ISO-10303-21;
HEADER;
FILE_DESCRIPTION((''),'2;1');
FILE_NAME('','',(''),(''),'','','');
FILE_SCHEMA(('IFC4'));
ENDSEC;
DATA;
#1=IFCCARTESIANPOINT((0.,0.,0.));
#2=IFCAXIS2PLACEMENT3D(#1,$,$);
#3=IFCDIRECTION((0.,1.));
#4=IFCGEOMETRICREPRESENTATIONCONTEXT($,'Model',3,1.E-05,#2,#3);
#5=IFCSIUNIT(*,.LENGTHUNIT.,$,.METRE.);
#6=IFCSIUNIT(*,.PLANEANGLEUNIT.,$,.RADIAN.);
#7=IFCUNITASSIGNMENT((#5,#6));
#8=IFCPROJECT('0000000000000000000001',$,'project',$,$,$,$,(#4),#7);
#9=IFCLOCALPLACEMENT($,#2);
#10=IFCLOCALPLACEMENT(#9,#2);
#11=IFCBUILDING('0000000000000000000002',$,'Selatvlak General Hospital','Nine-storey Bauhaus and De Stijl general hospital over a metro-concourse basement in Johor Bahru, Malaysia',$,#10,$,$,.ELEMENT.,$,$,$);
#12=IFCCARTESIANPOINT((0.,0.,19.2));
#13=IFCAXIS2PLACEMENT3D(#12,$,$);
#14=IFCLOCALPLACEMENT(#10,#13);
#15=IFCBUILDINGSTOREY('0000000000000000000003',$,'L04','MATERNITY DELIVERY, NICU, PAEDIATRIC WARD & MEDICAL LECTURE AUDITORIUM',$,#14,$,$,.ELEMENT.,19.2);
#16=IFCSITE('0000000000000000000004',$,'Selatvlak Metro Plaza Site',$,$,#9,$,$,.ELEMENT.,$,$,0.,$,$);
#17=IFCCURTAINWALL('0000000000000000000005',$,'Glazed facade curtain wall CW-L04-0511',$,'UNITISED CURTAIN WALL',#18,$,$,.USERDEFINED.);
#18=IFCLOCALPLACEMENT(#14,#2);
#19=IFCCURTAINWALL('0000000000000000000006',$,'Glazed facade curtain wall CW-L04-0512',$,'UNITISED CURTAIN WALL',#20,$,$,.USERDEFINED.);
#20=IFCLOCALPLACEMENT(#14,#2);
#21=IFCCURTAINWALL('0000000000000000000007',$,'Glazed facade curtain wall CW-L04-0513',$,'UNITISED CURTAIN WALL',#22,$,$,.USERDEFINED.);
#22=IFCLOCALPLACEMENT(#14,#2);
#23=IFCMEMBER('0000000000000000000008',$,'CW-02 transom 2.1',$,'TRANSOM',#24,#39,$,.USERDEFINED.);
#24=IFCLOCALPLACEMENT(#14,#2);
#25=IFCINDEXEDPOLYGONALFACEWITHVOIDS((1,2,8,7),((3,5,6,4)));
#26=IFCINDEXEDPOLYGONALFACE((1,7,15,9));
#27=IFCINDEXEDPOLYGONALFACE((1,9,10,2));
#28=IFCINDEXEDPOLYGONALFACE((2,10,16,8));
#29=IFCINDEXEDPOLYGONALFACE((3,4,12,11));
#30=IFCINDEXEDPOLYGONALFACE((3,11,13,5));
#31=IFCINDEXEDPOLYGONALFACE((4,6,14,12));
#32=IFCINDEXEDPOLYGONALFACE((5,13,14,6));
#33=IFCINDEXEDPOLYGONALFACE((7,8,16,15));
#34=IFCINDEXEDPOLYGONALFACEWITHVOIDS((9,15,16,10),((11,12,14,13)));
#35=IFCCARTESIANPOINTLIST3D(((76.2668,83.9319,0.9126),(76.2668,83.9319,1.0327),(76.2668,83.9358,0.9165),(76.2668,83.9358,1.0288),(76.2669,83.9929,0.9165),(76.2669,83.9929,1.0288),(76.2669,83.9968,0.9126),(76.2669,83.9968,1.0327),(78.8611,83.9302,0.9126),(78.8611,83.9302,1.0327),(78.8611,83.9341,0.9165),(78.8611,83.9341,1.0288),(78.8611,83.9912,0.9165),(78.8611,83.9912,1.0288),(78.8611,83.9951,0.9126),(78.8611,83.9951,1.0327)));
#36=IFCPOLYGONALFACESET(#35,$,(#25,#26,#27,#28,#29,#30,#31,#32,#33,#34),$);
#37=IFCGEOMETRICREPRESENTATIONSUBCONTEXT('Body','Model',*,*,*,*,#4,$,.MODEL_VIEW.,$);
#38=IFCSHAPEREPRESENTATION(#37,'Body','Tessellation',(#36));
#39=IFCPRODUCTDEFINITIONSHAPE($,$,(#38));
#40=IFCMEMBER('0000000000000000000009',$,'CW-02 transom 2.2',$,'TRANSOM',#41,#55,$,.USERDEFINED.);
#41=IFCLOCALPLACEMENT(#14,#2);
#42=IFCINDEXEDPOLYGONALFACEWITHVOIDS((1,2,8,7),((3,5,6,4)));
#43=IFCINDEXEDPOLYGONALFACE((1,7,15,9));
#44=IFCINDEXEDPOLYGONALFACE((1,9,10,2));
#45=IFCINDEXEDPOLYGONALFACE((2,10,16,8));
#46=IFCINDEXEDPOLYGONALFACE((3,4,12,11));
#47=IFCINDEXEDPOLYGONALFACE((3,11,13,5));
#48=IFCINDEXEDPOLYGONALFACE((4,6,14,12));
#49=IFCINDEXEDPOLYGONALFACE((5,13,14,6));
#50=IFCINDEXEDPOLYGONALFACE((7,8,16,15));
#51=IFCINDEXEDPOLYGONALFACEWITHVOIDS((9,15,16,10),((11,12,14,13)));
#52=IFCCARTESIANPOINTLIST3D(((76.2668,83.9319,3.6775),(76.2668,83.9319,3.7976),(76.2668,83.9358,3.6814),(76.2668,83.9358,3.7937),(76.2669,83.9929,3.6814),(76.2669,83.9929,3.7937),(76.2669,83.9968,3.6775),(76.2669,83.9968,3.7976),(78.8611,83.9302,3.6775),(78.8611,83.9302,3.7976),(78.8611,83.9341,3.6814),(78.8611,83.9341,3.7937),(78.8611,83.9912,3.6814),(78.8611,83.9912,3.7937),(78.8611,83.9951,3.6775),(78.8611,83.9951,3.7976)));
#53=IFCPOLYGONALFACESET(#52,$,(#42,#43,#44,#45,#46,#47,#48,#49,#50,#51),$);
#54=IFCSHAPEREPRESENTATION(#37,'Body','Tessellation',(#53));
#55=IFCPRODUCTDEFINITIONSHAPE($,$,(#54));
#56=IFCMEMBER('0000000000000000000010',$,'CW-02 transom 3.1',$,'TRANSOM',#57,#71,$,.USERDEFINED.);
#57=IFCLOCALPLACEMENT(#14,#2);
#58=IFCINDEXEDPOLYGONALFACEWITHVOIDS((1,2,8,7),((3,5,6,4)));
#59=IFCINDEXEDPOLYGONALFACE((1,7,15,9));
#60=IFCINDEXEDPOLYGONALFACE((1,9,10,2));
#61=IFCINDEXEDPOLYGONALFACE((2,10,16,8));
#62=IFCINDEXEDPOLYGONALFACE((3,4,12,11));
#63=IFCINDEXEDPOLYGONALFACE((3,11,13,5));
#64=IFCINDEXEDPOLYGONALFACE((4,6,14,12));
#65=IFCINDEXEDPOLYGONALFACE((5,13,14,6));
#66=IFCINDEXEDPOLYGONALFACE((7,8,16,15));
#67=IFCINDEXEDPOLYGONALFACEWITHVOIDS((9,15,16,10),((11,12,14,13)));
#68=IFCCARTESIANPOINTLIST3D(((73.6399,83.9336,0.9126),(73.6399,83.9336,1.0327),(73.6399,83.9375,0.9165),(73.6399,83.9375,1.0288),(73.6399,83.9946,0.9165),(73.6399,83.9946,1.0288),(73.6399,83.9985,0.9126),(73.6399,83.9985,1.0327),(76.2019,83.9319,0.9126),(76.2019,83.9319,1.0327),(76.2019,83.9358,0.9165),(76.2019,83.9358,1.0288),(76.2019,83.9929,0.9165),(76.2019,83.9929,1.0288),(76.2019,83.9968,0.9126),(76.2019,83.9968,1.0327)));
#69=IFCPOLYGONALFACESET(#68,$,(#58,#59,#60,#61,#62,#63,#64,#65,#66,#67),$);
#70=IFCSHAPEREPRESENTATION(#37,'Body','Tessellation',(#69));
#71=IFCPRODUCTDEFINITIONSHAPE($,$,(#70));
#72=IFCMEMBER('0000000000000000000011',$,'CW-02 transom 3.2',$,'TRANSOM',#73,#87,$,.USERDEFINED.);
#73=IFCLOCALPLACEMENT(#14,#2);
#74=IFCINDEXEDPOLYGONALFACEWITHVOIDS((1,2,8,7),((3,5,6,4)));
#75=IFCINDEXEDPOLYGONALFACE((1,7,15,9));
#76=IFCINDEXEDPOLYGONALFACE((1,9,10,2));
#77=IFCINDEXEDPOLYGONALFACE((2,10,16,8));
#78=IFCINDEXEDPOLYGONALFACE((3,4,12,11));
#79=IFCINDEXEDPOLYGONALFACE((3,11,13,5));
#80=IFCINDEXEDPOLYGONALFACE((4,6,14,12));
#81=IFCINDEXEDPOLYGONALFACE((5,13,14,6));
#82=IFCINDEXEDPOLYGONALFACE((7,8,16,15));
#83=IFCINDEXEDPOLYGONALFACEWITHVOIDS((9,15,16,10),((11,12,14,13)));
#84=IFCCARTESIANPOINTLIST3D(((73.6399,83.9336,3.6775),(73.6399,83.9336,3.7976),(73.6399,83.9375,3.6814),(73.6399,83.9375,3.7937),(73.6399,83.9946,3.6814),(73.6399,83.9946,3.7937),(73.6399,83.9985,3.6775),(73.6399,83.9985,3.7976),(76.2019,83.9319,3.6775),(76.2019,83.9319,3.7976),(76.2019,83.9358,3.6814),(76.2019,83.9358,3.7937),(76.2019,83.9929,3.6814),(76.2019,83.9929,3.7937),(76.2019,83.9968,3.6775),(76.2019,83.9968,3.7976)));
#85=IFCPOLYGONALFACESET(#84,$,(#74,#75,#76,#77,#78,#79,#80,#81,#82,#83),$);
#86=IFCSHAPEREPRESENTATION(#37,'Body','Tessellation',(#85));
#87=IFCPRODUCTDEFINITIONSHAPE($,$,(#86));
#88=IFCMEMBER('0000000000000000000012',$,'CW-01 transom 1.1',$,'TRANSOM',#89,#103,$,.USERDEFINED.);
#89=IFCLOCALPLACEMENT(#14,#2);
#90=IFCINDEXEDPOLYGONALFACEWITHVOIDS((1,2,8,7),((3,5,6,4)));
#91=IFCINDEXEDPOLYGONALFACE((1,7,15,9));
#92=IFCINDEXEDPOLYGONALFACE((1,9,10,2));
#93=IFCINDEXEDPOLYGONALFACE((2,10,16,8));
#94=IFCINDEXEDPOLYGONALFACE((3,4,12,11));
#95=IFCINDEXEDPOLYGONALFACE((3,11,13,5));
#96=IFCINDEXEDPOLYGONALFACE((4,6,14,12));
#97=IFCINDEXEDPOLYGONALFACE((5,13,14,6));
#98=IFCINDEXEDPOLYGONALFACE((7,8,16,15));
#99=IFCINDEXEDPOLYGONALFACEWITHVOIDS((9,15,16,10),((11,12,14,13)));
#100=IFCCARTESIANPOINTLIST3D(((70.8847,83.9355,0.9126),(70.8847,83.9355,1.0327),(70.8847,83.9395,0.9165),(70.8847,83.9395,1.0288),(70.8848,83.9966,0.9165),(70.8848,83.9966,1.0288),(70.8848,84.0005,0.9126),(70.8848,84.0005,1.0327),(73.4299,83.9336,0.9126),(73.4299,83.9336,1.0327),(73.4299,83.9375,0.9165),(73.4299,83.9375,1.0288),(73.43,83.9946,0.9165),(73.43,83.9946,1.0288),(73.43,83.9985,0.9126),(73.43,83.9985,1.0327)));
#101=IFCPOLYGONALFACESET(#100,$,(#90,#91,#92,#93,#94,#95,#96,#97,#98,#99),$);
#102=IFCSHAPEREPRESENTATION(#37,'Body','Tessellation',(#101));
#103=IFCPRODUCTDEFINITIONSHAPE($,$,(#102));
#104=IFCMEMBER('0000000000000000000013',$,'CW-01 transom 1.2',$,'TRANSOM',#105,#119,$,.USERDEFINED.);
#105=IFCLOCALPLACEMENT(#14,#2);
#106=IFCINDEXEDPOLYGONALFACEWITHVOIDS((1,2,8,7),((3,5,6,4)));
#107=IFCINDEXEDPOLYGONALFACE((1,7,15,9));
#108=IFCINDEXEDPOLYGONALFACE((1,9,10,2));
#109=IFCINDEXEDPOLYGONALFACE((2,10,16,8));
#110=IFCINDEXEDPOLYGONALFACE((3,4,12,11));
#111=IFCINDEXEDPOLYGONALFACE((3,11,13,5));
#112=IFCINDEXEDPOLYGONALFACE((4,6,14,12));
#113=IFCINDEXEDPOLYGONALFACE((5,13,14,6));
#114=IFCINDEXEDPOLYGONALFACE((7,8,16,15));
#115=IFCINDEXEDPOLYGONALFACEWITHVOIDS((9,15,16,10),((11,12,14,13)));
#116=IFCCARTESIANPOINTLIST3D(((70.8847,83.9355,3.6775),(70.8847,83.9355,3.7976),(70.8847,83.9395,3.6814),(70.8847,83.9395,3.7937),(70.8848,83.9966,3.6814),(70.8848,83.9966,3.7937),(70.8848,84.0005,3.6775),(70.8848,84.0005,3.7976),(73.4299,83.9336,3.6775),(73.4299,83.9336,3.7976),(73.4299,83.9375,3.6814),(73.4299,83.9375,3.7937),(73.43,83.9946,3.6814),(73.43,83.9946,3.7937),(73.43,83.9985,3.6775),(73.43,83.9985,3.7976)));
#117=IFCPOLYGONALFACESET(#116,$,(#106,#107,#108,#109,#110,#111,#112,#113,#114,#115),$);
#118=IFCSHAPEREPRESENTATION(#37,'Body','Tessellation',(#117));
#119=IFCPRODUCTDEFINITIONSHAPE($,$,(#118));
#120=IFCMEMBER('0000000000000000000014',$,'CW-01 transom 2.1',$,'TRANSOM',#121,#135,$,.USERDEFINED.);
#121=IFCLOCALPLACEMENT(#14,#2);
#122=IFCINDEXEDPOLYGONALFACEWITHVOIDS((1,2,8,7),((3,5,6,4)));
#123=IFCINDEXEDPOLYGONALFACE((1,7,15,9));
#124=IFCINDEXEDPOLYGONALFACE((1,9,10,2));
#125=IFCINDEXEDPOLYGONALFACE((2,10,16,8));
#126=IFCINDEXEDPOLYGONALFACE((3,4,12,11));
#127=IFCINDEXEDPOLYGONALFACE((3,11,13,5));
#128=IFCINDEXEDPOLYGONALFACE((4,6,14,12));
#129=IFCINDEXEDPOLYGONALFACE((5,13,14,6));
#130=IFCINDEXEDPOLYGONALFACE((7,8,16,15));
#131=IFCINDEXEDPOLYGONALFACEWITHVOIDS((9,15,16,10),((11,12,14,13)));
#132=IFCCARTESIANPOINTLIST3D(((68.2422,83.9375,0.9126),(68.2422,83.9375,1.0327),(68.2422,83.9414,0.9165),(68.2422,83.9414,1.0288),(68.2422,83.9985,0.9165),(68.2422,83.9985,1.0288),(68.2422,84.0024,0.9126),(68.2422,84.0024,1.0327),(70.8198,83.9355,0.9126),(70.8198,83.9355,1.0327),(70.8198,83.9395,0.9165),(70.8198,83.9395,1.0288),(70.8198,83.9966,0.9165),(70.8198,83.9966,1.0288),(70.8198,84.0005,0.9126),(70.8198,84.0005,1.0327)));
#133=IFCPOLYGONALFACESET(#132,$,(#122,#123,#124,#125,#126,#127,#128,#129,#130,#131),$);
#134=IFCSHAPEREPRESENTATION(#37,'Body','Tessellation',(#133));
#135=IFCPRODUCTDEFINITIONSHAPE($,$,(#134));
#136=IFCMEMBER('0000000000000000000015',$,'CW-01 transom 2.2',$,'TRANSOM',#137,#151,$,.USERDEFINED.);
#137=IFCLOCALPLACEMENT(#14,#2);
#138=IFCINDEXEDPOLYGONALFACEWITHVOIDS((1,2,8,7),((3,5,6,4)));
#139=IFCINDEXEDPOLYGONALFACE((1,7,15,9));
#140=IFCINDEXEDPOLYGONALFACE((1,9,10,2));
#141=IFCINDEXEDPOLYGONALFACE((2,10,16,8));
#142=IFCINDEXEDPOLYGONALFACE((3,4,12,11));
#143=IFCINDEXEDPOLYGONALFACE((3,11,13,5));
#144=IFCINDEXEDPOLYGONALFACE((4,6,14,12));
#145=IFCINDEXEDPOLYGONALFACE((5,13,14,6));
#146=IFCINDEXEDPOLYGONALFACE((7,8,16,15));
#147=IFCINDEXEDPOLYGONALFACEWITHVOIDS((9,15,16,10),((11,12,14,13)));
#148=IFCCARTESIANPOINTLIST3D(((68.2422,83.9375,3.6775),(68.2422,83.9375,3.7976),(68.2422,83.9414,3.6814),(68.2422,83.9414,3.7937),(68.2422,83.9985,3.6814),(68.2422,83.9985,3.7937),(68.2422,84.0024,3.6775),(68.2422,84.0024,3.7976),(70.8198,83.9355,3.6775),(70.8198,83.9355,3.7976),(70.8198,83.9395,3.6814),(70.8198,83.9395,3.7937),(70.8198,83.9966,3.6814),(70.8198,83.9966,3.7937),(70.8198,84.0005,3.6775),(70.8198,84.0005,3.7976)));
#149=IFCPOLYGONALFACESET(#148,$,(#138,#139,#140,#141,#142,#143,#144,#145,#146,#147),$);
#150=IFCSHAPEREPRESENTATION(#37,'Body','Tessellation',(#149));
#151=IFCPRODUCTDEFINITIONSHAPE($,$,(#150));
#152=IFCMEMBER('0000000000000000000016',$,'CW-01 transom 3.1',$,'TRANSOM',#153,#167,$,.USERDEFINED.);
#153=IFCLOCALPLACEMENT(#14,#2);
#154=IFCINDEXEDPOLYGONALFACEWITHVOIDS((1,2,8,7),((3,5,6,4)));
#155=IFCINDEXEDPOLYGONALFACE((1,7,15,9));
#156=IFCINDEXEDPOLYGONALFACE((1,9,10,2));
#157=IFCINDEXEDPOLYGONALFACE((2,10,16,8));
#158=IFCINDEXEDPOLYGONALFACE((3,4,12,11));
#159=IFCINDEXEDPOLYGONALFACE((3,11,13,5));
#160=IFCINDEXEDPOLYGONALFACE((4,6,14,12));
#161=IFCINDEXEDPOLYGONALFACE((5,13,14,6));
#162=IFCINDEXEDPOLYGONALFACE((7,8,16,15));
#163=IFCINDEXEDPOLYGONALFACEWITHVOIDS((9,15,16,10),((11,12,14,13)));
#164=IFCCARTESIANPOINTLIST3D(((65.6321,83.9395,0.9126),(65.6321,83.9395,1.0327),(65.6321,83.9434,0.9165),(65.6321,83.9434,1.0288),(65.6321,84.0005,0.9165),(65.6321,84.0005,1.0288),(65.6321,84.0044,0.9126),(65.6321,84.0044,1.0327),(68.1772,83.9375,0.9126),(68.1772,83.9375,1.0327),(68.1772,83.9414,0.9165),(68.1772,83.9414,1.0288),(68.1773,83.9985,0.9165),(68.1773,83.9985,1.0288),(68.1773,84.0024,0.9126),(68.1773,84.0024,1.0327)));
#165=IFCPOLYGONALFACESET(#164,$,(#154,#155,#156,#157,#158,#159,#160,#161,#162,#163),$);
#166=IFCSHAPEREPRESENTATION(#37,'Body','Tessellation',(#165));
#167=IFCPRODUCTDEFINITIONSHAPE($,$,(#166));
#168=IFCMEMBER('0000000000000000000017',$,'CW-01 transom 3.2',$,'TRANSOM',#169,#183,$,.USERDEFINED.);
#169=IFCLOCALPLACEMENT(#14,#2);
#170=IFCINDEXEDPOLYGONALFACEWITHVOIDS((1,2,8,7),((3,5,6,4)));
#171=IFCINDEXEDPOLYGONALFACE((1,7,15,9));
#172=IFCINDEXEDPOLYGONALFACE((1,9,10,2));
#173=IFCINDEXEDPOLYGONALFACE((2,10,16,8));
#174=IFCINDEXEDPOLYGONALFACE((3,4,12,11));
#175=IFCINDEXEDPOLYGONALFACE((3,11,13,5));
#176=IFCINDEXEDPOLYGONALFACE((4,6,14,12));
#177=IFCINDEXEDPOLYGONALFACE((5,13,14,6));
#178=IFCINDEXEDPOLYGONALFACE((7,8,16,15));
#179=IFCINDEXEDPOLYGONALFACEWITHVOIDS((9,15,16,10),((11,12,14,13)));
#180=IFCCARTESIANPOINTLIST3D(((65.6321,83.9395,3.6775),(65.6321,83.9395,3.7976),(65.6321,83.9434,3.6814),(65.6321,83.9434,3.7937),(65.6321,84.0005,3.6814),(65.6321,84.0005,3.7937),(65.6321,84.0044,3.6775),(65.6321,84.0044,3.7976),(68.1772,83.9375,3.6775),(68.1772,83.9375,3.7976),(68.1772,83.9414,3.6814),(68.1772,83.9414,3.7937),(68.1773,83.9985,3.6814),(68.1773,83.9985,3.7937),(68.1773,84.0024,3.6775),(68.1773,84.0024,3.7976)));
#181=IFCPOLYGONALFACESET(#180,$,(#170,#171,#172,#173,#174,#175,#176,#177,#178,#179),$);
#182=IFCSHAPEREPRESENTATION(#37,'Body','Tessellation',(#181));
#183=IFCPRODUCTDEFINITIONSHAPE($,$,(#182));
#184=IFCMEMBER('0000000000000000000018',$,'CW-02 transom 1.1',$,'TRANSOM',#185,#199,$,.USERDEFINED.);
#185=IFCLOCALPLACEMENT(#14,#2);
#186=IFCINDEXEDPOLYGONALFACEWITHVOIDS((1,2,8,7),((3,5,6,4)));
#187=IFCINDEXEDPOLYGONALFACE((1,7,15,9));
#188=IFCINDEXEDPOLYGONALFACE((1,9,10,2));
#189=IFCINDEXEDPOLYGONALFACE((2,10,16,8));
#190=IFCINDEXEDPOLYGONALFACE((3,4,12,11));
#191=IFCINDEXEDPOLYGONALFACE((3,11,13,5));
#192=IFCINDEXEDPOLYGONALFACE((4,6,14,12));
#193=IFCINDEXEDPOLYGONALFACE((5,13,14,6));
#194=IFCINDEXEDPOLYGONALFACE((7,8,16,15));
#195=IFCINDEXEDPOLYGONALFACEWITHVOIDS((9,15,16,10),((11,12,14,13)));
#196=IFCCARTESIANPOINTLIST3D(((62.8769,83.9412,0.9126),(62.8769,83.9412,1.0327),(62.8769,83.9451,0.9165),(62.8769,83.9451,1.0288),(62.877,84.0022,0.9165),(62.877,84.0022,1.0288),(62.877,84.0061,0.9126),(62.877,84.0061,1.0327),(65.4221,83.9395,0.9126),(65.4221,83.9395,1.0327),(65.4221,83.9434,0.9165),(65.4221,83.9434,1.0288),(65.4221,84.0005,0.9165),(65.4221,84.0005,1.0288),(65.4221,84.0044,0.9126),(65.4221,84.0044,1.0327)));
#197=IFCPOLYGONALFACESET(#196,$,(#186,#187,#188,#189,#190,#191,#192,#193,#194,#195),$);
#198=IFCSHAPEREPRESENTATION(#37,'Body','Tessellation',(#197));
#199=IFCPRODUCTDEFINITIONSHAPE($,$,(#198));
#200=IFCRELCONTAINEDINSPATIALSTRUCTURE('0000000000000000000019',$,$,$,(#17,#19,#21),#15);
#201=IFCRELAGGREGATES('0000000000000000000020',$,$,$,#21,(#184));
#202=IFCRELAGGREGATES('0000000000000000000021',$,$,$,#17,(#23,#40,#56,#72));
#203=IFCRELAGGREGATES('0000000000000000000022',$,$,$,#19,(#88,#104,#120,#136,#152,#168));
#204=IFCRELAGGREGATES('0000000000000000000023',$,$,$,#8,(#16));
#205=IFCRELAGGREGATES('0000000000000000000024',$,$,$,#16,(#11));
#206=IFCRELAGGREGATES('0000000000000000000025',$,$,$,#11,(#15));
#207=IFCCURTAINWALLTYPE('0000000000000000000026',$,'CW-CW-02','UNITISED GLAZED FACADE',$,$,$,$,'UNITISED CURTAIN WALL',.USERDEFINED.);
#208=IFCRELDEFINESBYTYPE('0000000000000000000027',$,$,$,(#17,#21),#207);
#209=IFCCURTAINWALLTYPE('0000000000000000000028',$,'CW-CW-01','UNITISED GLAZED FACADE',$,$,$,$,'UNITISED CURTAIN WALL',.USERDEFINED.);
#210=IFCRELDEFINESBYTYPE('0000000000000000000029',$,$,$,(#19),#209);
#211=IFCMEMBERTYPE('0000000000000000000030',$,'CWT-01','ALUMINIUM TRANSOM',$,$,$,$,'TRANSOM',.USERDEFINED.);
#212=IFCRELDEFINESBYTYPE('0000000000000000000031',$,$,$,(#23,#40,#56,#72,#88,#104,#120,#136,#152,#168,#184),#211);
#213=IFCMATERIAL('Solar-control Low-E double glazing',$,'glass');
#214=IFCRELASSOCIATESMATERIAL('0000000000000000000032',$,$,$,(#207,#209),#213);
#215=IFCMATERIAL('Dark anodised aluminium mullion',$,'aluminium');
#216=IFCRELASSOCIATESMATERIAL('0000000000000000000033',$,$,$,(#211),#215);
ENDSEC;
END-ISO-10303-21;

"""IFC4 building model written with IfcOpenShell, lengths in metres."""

from ifc_helpers import new_model, si_unit, direction, frame, origin, origin_2d, place, context, subcontext, project, spatial, hollow_rectangle, extrude, material, material_profile, profile_set, type_object, element, aggregate, save


model = new_model("IFC4")

# Units and contexts
model_context = context("Model", 3, precision=1e-05, world=origin(), true_north=direction((0.0, 1.0)))
body_context = subcontext(model_context, "Body", "Model", "MODEL_VIEW")
ifc_project = project(units=[si_unit("LENGTHUNIT", "METRE"), si_unit("PLANEANGLEUNIT", "RADIAN")], contexts=[model_context])

# Site, building, storey
site_placement = place(None, origin())
site = spatial("IfcSite", under=ifc_project, at=site_placement, Name="Selatvlak Metro Plaza Site", CompositionType="ELEMENT", RefElevation=0.0)
building_placement = place(site_placement, origin())
building = spatial("IfcBuilding", under=site, at=building_placement, Name="Selatvlak General Hospital", Description="Nine-storey Bauhaus and De Stijl general hospital over a metro-concourse basement in Johor Bahru, Malaysia", CompositionType="ELEMENT")
storey_placement = place(building_placement, frame((0.0, 0.0, 19.2)))
storey = spatial("IfcBuildingStorey", under=building, at=storey_placement, Name="L04", Description="MATERNITY DELIVERY, NICU, PAEDIATRIC WARD & MEDICAL LECTURE AUDITORIUM", CompositionType="ELEMENT", Elevation=19.2)

# Curtain walls
ifc_material_1 = material(Name="Solar-control Low-E double glazing", Category="glass")
curtain_wall_type_1 = type_object("IfcCurtainWallType", Name="CW-CW-02", Description="UNITISED GLAZED FACADE", ElementType="UNITISED CURTAIN WALL", PredefinedType="USERDEFINED", material=ifc_material_1)
curtain_wall_1_placement = place(storey_placement, origin())
curtain_wall_1 = element("IfcCurtainWall", 1, at=curtain_wall_1_placement, inside=storey, type_object=curtain_wall_type_1, Name="Glazed facade curtain wall CW-L04-0511", ObjectType="UNITISED CURTAIN WALL", PredefinedType="USERDEFINED")
ifc_material_2 = material(Name="Dark anodised aluminium mullion", Category="aluminium")
curtain_wall_type_2 = type_object("IfcCurtainWallType", Name="CW-CW-01", Description="UNITISED GLAZED FACADE", ElementType="UNITISED CURTAIN WALL", PredefinedType="USERDEFINED", material=ifc_material_1)
curtain_wall_2_placement = place(storey_placement, origin())
curtain_wall_2 = element("IfcCurtainWall", 2, at=curtain_wall_2_placement, inside=storey, type_object=curtain_wall_type_2, Name="Glazed facade curtain wall CW-L04-0512", ObjectType="UNITISED CURTAIN WALL", PredefinedType="USERDEFINED")

# Curtain wall
curtain_wall_3_placement = place(storey_placement, origin())
curtain_wall_3 = element("IfcCurtainWall", 3, at=curtain_wall_3_placement, inside=storey, type_object=curtain_wall_type_1, Name="Glazed facade curtain wall CW-L04-0513", ObjectType="UNITISED CURTAIN WALL", PredefinedType="USERDEFINED")

# Members
ifc_material_profile_1 = material_profile(ifc_material_2, hollow_rectangle(XDim=0.0649, YDim=0.1201, WallThickness=0.0039, at=origin_2d()), Name="AL-TRN 65x120x4")
ifc_profile_set_1 = profile_set([ifc_material_profile_1], Name="Dark anodised aluminium mullion")
member_type_1 = type_object("IfcMemberType", Name="CWT-01", Description="ALUMINIUM TRANSOM", ElementType="TRANSOM", PredefinedType="USERDEFINED", material=ifc_profile_set_1)
member_1_placement = place(storey_placement, frame((78.8611, 83.9626, 0.9727), z_axis=(-1.0, 0.000659, 0.0), x_axis=(-0.000659, -1.0, 0.0)))
member_1 = element("IfcMember", 4, at=member_1_placement, type_object=member_type_1, Name="CW-02 transom 2.1", ObjectType="TRANSOM", PredefinedType="USERDEFINED", context=body_context, shape_type="SweptSolid", body=[
    extrude(hollow_rectangle(XDim=0.0649, YDim=0.1201, WallThickness=0.0039, at=origin_2d()), origin(), (0.0, 0.0, 1.0), 2.5942),
])
member_2_placement = place(storey_placement, frame((78.8611, 83.9626, 3.7375), z_axis=(-1.0, 0.000659, 0.0), x_axis=(-0.000659, -1.0, 0.0)))
member_2 = element("IfcMember", 5, at=member_2_placement, type_object=member_type_1, Name="CW-02 transom 2.2", ObjectType="TRANSOM", PredefinedType="USERDEFINED", context=body_context, shape_type="SweptSolid", body=[
    extrude(hollow_rectangle(XDim=0.0649, YDim=0.1201, WallThickness=0.0039, at=origin_2d()), origin(), (0.0, 0.0, 1.0), 2.5942),
])
member_3_placement = place(storey_placement, frame((76.2019, 83.9644, 0.9727), z_axis=(-1.0, 0.000667, 0.0), x_axis=(-0.000667, -1.0, 0.0)))
member_3 = element("IfcMember", 6, at=member_3_placement, type_object=member_type_1, Name="CW-02 transom 3.1", ObjectType="TRANSOM", PredefinedType="USERDEFINED", context=body_context, shape_type="SweptSolid", body=[
    extrude(hollow_rectangle(XDim=0.0649, YDim=0.1201, WallThickness=0.0039, at=origin_2d()), origin(), (0.0, 0.0, 1.0), 2.562),
])
member_4_placement = place(storey_placement, frame((76.2019, 83.9644, 3.7375), z_axis=(-1.0, 0.000667, 0.0), x_axis=(-0.000667, -1.0, 0.0)))
member_4 = element("IfcMember", 7, at=member_4_placement, type_object=member_type_1, Name="CW-02 transom 3.2", ObjectType="TRANSOM", PredefinedType="USERDEFINED", context=body_context, shape_type="SweptSolid", body=[
    extrude(hollow_rectangle(XDim=0.0649, YDim=0.1201, WallThickness=0.0039, at=origin_2d()), origin(), (0.0, 0.0, 1.0), 2.562),
])
member_5_placement = place(storey_placement, frame((73.4299, 83.9661, 0.9727), z_axis=(-1.0, 0.000767, 0.0), x_axis=(-0.000767, -1.0, 0.0)))
member_5 = element("IfcMember", 8, at=member_5_placement, type_object=member_type_1, Name="CW-01 transom 1.1", ObjectType="TRANSOM", PredefinedType="USERDEFINED", context=body_context, shape_type="SweptSolid", body=[
    extrude(hollow_rectangle(XDim=0.0649, YDim=0.1201, WallThickness=0.0039, at=origin_2d()), origin(), (0.0, 0.0, 1.0), 2.5452),
])
member_6_placement = place(storey_placement, frame((73.4299, 83.9661, 3.7375), z_axis=(-1.0, 0.000767, 0.0), x_axis=(-0.000767, -1.0, 0.0)))
member_6 = element("IfcMember", 9, at=member_6_placement, type_object=member_type_1, Name="CW-01 transom 1.2", ObjectType="TRANSOM", PredefinedType="USERDEFINED", context=body_context, shape_type="SweptSolid", body=[
    extrude(hollow_rectangle(XDim=0.0649, YDim=0.1201, WallThickness=0.0039, at=origin_2d()), origin(), (0.0, 0.0, 1.0), 2.5452),
])
member_7_placement = place(storey_placement, frame((70.8198, 83.968, 0.9727), z_axis=(-1.0, 0.000758, 0.0), x_axis=(-0.000758, -1.0, 0.0)))
member_7 = element("IfcMember", 10, at=member_7_placement, type_object=member_type_1, Name="CW-01 transom 2.1", ObjectType="TRANSOM", PredefinedType="USERDEFINED", context=body_context, shape_type="SweptSolid", body=[
    extrude(hollow_rectangle(XDim=0.0649, YDim=0.1201, WallThickness=0.0039, at=origin_2d()), origin(), (0.0, 0.0, 1.0), 2.5776),
])
member_8_placement = place(storey_placement, frame((70.8198, 83.968, 3.7375), z_axis=(-1.0, 0.000758, 0.0), x_axis=(-0.000758, -1.0, 0.0)))
member_8 = element("IfcMember", 11, at=member_8_placement, type_object=member_type_1, Name="CW-01 transom 2.2", ObjectType="TRANSOM", PredefinedType="USERDEFINED", context=body_context, shape_type="SweptSolid", body=[
    extrude(hollow_rectangle(XDim=0.0649, YDim=0.1201, WallThickness=0.0039, at=origin_2d()), origin(), (0.0, 0.0, 1.0), 2.5776),
])
member_9_placement = place(storey_placement, frame((68.1772, 83.97, 0.9727), z_axis=(-1.0, 0.000767, 0.0), x_axis=(-0.000767, -1.0, 0.0)))
member_9 = element("IfcMember", 12, at=member_9_placement, type_object=member_type_1, Name="CW-01 transom 3.1", ObjectType="TRANSOM", PredefinedType="USERDEFINED", context=body_context, shape_type="SweptSolid", body=[
    extrude(hollow_rectangle(XDim=0.0649, YDim=0.1201, WallThickness=0.0039, at=origin_2d()), origin(), (0.0, 0.0, 1.0), 2.5452),
])
member_10_placement = place(storey_placement, frame((68.1772, 83.97, 3.7375), z_axis=(-1.0, 0.000767, 0.0), x_axis=(-0.000767, -1.0, 0.0)))
member_10 = element("IfcMember", 13, at=member_10_placement, type_object=member_type_1, Name="CW-01 transom 3.2", ObjectType="TRANSOM", PredefinedType="USERDEFINED", context=body_context, shape_type="SweptSolid", body=[
    extrude(hollow_rectangle(XDim=0.0649, YDim=0.1201, WallThickness=0.0039, at=origin_2d()), origin(), (0.0, 0.0, 1.0), 2.5452),
])
member_11_placement = place(storey_placement, frame((65.4221, 83.9719, 0.9727), z_axis=(-1.0, 0.000671, 0.0), x_axis=(-0.000671, -1.0, 0.0)))
member_11 = element("IfcMember", 14, at=member_11_placement, type_object=member_type_1, Name="CW-02 transom 1.1", ObjectType="TRANSOM", PredefinedType="USERDEFINED", context=body_context, shape_type="SweptSolid", body=[
    extrude(hollow_rectangle(XDim=0.0649, YDim=0.1201, WallThickness=0.0039, at=origin_2d()), origin(), (0.0, 0.0, 1.0), 2.5452),
])
aggregate(curtain_wall_3, [member_11])

aggregate(curtain_wall_1, [member_1, member_2, member_3, member_4])
aggregate(curtain_wall_2, [member_5, member_6, member_7, member_8, member_9, member_10])

save(model, "model.ifc")
